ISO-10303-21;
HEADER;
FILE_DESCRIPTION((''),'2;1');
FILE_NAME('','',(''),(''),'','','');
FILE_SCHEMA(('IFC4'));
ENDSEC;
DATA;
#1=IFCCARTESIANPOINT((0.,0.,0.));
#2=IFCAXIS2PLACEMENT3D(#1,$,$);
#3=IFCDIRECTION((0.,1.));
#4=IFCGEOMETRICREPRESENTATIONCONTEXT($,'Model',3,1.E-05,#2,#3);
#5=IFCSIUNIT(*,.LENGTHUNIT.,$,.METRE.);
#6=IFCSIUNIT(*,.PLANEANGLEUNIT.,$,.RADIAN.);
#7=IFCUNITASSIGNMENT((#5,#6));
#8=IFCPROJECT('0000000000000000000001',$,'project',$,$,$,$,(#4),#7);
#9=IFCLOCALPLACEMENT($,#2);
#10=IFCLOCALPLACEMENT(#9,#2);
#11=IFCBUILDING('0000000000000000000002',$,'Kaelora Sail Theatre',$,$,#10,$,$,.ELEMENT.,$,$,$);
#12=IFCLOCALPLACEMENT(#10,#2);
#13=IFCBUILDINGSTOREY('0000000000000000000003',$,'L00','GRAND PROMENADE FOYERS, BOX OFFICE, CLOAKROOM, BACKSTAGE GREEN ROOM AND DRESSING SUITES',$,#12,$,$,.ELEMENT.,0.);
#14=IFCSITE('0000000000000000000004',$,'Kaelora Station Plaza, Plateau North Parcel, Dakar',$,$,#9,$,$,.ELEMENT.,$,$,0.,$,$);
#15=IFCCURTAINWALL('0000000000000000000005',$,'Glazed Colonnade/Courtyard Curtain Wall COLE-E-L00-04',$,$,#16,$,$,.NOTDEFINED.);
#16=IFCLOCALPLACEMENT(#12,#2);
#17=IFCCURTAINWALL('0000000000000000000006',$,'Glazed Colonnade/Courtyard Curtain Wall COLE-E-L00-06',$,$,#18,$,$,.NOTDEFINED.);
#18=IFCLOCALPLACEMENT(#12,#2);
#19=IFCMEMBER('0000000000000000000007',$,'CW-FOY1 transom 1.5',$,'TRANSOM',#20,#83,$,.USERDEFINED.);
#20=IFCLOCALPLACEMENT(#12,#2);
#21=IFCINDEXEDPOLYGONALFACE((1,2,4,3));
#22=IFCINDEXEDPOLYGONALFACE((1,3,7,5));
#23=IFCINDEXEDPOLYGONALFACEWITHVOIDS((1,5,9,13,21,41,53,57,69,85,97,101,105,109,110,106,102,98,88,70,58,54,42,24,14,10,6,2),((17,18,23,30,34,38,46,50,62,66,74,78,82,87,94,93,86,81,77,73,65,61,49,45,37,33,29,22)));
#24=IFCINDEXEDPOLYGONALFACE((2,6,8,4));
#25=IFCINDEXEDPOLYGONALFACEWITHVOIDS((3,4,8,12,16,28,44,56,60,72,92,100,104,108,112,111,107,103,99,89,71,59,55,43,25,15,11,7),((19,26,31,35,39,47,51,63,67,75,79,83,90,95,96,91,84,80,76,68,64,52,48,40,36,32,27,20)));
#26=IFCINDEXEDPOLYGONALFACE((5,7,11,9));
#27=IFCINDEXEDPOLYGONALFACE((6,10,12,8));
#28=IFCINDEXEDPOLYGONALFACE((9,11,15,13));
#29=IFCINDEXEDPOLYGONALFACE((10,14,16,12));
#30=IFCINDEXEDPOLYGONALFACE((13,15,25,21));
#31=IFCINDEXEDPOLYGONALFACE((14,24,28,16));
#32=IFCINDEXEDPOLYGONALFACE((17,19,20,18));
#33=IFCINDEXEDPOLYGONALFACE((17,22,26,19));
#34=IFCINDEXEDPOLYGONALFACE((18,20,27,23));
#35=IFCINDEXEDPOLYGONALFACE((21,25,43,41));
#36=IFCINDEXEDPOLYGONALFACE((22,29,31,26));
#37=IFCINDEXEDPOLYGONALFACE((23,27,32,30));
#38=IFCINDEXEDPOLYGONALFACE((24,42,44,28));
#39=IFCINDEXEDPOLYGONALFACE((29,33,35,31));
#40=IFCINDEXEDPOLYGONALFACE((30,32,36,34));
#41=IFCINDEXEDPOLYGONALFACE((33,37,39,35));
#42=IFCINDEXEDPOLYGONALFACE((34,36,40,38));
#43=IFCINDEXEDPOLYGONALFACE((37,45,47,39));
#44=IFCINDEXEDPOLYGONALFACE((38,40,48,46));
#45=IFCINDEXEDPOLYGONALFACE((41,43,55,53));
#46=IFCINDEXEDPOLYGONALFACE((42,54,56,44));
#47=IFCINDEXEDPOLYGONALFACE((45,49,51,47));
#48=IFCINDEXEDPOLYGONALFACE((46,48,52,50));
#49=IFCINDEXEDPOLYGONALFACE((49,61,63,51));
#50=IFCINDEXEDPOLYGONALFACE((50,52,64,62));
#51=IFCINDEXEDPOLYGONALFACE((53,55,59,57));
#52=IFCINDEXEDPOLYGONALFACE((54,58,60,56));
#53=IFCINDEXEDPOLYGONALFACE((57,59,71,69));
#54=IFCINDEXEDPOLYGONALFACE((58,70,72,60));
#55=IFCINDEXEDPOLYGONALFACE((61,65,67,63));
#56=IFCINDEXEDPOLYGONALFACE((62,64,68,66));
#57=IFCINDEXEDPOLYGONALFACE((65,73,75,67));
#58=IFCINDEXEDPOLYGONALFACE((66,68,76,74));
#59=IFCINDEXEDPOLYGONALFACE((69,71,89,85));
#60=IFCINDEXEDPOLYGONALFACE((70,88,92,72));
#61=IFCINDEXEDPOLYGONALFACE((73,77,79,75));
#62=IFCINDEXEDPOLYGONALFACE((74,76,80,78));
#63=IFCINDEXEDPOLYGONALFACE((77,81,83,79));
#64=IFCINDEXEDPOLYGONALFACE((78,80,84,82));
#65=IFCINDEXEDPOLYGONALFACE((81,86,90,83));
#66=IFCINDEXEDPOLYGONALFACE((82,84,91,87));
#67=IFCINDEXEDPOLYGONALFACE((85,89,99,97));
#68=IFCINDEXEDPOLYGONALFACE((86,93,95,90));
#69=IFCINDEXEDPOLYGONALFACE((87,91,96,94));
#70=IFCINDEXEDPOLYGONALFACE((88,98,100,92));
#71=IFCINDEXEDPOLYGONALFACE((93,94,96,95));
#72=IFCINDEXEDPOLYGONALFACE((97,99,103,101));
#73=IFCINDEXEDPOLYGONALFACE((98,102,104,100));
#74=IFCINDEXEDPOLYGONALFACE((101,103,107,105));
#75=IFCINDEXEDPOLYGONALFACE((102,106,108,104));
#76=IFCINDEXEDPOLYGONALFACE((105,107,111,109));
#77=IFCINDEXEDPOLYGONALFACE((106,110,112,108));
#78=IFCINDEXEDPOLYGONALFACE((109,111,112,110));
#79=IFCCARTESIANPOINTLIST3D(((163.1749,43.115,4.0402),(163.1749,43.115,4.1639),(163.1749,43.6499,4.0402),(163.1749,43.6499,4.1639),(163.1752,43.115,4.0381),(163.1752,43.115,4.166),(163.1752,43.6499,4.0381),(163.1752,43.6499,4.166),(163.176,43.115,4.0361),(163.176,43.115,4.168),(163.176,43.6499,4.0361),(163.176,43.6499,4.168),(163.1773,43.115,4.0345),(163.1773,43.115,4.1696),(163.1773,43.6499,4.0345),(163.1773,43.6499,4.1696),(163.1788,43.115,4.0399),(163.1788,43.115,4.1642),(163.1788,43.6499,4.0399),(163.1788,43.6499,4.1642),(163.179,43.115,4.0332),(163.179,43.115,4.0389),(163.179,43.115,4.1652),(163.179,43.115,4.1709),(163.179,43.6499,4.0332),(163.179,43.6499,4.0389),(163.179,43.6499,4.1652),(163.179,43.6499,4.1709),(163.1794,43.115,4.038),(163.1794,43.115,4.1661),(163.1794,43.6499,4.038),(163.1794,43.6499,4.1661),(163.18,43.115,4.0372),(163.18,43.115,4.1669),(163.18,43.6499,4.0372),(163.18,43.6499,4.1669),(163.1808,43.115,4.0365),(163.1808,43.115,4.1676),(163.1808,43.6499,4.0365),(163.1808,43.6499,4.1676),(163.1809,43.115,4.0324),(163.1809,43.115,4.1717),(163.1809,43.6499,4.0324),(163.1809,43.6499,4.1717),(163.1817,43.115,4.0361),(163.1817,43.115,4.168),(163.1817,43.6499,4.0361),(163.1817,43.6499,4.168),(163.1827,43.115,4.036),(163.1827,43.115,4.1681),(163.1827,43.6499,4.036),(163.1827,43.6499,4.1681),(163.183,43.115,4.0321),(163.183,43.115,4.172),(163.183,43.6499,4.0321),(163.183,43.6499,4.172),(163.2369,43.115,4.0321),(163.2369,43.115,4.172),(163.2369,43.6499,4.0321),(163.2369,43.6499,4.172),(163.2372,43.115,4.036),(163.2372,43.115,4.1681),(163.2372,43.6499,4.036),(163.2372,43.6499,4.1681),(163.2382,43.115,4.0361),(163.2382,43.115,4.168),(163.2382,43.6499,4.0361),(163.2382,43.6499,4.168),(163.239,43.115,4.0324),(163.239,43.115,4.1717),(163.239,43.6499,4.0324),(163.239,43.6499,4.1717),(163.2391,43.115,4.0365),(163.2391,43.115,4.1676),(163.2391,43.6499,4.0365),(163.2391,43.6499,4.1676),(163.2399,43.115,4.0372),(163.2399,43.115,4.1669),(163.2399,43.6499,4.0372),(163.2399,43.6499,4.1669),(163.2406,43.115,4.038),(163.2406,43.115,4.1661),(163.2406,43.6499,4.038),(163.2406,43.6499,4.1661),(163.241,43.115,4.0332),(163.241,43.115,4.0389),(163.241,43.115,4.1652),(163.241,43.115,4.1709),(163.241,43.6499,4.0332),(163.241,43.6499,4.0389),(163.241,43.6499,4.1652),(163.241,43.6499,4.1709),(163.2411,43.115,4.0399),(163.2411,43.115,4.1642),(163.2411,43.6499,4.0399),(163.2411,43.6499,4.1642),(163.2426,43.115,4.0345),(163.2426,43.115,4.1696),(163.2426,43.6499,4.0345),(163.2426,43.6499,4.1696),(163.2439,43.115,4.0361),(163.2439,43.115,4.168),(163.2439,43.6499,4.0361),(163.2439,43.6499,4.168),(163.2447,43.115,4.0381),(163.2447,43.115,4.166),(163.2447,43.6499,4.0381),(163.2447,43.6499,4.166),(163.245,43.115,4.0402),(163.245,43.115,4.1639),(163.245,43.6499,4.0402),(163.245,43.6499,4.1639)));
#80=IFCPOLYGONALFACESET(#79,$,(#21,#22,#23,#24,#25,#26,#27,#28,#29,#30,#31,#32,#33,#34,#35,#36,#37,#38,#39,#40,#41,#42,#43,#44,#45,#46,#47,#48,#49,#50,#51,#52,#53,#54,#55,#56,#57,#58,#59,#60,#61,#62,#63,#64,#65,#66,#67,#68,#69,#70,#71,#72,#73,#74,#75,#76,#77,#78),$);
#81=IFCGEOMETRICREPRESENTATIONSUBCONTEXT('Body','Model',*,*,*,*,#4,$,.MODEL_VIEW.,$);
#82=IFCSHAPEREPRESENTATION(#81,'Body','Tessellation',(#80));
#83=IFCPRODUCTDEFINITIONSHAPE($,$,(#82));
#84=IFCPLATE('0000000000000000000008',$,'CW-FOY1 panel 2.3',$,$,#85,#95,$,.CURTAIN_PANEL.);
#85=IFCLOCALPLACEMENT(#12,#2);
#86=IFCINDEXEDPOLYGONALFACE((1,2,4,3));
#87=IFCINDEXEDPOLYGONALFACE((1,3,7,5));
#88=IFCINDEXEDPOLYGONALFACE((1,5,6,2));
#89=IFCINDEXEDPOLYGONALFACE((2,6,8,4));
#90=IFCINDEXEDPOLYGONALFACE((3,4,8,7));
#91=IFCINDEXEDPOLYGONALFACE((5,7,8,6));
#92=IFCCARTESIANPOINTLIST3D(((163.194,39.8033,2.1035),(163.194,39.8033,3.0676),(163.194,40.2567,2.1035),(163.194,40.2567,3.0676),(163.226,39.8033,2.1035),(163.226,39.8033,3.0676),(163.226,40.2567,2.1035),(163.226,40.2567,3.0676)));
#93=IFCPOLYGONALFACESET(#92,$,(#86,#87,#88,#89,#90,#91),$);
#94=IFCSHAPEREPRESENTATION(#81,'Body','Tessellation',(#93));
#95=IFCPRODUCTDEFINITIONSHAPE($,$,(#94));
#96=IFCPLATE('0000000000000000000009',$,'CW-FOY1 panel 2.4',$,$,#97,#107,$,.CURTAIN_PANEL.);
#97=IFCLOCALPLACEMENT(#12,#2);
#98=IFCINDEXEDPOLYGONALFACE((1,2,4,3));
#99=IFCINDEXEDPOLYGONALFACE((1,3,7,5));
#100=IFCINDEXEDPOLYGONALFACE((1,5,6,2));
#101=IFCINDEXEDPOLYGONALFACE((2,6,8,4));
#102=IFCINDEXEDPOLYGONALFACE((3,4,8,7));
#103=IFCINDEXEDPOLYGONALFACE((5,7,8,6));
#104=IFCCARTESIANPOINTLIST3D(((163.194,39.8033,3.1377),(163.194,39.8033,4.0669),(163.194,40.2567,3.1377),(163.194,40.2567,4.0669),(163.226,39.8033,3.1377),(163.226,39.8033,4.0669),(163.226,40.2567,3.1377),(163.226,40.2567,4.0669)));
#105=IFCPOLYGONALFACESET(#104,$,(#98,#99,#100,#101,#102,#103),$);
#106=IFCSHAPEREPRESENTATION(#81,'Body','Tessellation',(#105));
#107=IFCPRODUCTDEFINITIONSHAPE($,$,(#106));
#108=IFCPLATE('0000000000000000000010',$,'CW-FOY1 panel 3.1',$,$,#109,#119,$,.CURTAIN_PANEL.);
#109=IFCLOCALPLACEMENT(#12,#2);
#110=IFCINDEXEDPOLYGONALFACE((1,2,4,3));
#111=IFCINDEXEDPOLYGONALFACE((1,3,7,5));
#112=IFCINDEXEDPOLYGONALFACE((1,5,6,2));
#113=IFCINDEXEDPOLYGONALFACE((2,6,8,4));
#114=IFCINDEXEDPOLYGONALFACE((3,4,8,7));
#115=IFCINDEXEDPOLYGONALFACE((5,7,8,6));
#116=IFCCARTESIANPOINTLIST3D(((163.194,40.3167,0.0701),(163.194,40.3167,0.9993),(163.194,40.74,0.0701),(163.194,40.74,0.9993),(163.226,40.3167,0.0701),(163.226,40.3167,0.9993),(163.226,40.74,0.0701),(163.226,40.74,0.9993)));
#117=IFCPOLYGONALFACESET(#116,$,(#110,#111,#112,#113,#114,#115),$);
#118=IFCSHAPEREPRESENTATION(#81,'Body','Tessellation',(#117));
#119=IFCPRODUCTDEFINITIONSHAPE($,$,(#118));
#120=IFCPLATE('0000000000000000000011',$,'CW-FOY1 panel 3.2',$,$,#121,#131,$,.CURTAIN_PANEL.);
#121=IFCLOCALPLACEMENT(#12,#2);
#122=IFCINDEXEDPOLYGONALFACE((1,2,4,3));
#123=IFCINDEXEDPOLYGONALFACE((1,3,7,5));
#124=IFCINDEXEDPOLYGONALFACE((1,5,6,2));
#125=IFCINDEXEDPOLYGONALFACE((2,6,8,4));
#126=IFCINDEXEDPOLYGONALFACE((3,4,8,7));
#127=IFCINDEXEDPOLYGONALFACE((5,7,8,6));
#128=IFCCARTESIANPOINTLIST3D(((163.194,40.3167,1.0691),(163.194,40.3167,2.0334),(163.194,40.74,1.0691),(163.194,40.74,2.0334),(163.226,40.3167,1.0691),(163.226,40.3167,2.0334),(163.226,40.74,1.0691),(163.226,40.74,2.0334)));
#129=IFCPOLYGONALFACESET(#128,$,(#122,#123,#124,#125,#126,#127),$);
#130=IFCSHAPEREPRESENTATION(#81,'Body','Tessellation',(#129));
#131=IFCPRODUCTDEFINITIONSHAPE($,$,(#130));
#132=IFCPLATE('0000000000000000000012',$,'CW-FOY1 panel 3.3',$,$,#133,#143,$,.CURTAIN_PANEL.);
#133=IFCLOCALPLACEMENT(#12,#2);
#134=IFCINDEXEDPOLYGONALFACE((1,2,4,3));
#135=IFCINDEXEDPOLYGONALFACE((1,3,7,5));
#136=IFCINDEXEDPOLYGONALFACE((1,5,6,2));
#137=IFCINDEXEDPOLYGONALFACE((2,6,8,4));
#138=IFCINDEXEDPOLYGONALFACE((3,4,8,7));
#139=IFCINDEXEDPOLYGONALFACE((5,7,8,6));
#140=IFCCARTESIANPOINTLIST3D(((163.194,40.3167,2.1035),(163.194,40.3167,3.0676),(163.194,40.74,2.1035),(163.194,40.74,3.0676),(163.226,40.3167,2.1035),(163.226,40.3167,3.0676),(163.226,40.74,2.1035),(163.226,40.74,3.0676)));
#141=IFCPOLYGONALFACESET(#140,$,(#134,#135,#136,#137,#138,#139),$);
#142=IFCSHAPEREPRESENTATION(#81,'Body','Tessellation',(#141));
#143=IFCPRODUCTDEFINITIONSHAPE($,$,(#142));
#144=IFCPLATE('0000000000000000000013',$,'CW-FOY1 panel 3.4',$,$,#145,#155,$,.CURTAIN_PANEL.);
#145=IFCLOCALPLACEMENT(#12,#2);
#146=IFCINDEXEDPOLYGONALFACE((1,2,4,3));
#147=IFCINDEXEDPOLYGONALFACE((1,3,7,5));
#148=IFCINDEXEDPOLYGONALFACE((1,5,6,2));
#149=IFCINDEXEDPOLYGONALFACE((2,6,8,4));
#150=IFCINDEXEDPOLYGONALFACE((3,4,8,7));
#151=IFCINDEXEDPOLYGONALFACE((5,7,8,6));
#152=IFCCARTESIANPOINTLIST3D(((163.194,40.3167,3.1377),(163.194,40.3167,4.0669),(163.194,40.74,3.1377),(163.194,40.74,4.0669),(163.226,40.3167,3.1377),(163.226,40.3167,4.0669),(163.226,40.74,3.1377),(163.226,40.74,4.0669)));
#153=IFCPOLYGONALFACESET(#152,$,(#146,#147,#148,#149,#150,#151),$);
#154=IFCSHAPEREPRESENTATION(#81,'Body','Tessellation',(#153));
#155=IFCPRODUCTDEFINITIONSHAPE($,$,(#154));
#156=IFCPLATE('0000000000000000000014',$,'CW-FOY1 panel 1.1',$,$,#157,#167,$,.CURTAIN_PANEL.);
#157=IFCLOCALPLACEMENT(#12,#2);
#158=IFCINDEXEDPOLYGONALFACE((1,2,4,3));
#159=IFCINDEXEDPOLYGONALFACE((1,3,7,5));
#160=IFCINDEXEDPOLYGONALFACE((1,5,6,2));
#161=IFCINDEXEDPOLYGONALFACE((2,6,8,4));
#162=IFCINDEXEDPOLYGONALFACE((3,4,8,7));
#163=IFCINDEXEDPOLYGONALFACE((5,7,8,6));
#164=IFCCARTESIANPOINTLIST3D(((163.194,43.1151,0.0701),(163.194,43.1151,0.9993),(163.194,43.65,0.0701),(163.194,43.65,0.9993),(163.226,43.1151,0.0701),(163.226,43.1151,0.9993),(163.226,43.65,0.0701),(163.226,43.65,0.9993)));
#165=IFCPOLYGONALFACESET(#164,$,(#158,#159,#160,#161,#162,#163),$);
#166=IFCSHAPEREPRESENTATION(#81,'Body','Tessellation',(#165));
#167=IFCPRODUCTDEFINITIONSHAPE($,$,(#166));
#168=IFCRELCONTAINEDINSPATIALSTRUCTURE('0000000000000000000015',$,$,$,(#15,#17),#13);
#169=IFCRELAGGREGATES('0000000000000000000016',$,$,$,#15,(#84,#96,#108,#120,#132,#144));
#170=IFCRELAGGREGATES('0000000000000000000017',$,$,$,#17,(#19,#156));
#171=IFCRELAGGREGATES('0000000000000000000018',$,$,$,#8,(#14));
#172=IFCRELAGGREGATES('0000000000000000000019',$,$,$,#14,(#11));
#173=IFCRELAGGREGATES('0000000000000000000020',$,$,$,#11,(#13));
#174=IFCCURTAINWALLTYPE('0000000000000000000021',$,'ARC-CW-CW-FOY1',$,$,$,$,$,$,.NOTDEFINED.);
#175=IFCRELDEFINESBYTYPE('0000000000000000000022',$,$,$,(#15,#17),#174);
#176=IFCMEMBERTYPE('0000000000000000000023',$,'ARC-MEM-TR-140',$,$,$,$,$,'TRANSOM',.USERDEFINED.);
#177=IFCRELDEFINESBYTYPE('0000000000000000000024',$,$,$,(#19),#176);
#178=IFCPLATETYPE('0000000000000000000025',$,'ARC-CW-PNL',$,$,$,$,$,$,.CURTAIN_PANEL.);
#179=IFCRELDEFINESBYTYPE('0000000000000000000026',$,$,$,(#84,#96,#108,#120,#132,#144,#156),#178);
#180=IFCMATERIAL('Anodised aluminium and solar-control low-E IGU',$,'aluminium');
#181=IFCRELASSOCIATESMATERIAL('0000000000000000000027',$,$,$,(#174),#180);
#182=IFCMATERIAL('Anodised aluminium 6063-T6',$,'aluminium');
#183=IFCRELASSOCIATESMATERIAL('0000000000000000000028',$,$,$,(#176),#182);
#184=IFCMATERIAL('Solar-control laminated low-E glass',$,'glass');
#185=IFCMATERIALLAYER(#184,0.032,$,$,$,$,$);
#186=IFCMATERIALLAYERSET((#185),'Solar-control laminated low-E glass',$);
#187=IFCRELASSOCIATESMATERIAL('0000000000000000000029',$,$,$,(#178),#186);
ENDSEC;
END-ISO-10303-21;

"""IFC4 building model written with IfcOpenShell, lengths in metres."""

from ifc_helpers import new_model, si_unit, direction, frame, origin, origin_2d, place, context, subcontext, project, spatial, rectangle, hollow_rectangle, extrude, material, layer, layer_set, material_profile, profile_set, type_object, element, aggregate, save


model = new_model("IFC4")

# Units and contexts
model_context = context("Model", 3, precision=1e-05, world=origin(), true_north=direction((0.0, 1.0)))
body_context = subcontext(model_context, "Body", "Model", "MODEL_VIEW")
ifc_project = project(units=[si_unit("LENGTHUNIT", "METRE"), si_unit("PLANEANGLEUNIT", "RADIAN")], contexts=[model_context])

# Site, building, storey
site_placement = place(None, origin())
site = spatial("IfcSite", under=ifc_project, at=site_placement, Name="Kaelora Station Plaza, Plateau North Parcel, Dakar", CompositionType="ELEMENT", RefElevation=0.0)
building_placement = place(site_placement, origin())
building = spatial("IfcBuilding", under=site, at=building_placement, Name="Kaelora Sail Theatre", CompositionType="ELEMENT")
storey_placement = place(building_placement, origin())
storey = spatial("IfcBuildingStorey", under=building, at=storey_placement, Name="L00", Description="GRAND PROMENADE FOYERS, BOX OFFICE, CLOAKROOM, BACKSTAGE GREEN ROOM AND DRESSING SUITES", CompositionType="ELEMENT", Elevation=0.0)

# Curtain wall
ifc_material_1 = material(Name="Anodised aluminium and solar-control low-E IGU", Category="aluminium")
curtain_wall_type = type_object("IfcCurtainWallType", Name="ARC-CW-CW-FOY1", PredefinedType="NOTDEFINED", material=ifc_material_1)
curtain_wall_1_placement = place(storey_placement, origin())
curtain_wall_1 = element("IfcCurtainWall", 1, at=curtain_wall_1_placement, inside=storey, type_object=curtain_wall_type, Name="Glazed Colonnade/Courtyard Curtain Wall COLE-E-L00-04", PredefinedType="NOTDEFINED")

# Curtain wall
curtain_wall_2_placement = place(storey_placement, origin())
curtain_wall_2 = element("IfcCurtainWall", 2, at=curtain_wall_2_placement, inside=storey, type_object=curtain_wall_type, Name="Glazed Colonnade/Courtyard Curtain Wall COLE-E-L00-06", PredefinedType="NOTDEFINED")

# Member
ifc_material_2 = material(Name="Anodised aluminium 6063-T6", Category="aluminium")
ifc_material_profile_1 = material_profile(ifc_material_2, hollow_rectangle(XDim=0.0701, YDim=0.1399, WallThickness=0.0039, InnerFilletRadius=0.0039, OuterFilletRadius=0.0081, at=origin_2d()), Name="ALU-TRAN 70x140x4")
ifc_profile_set_1 = profile_set([ifc_material_profile_1], Name="Anodised aluminium 6063-T6")
member_type_1 = type_object("IfcMemberType", Name="ARC-MEM-TR-140", ElementType="TRANSOM", PredefinedType="USERDEFINED", material=ifc_profile_set_1)
member_1_placement = place(storey_placement, frame((163.21, 43.115, 4.1021), z_axis=(0.0, 1.0, 0.0), x_axis=(-1.0, 0.0, 0.0)))
member_1 = element("IfcMember", 3, at=member_1_placement, type_object=member_type_1, Name="CW-FOY1 transom 1.5", ObjectType="TRANSOM", PredefinedType="USERDEFINED", context=body_context, shape_type="SweptSolid", body=[
    extrude(hollow_rectangle(XDim=0.0701, YDim=0.1399, WallThickness=0.0039, InnerFilletRadius=0.0039, OuterFilletRadius=0.0081, at=origin_2d()), origin(), (0.0, 0.0, 1.0), 0.5349),
])

# Plates
ifc_material_3 = material(Name="Solar-control laminated low-E glass", Category="glass")
ifc_layer = layer(ifc_material_3, 0.032)
ifc_layer_set = layer_set([ifc_layer], Name="Solar-control laminated low-E glass")
plate_type = type_object("IfcPlateType", Name="ARC-CW-PNL", PredefinedType="CURTAIN_PANEL", material=ifc_layer_set)
plate_1_placement = place(storey_placement, frame((163.21, 40.03, 2.1035), z_axis=(0.0, 0.0, 1.0), x_axis=(0.0, 1.0, 0.0)))
plate_1 = element("IfcPlate", 4, at=plate_1_placement, type_object=plate_type, Name="CW-FOY1 panel 2.3", PredefinedType="CURTAIN_PANEL", context=body_context, shape_type="SweptSolid", body=[
    extrude(rectangle(XDim=0.4534, YDim=0.032, at=origin_2d()), origin(), (0.0, 0.0, 1.0), 0.9641),
])
plate_2_placement = place(storey_placement, frame((163.21, 40.03, 3.1377), z_axis=(0.0, 0.0, 1.0), x_axis=(0.0, 1.0, 0.0)))
plate_2 = element("IfcPlate", 5, at=plate_2_placement, type_object=plate_type, Name="CW-FOY1 panel 2.4", PredefinedType="CURTAIN_PANEL", context=body_context, shape_type="SweptSolid", body=[
    extrude(rectangle(XDim=0.4534, YDim=0.032, at=origin_2d()), origin(), (0.0, 0.0, 1.0), 0.9292),
])
plate_3_placement = place(storey_placement, frame((163.21, 40.5283, 0.0701), z_axis=(0.0, 0.0, 1.0), x_axis=(0.0, 1.0, 0.0)))
plate_3 = element("IfcPlate", 6, at=plate_3_placement, type_object=plate_type, Name="CW-FOY1 panel 3.1", PredefinedType="CURTAIN_PANEL", context=body_context, shape_type="SweptSolid", body=[
    extrude(rectangle(XDim=0.4233, YDim=0.032, at=origin_2d()), origin(), (0.0, 0.0, 1.0), 0.9292),
])
plate_4_placement = place(storey_placement, frame((163.21, 40.5283, 1.0691), z_axis=(0.0, 0.0, 1.0), x_axis=(0.0, 1.0, 0.0)))
plate_4 = element("IfcPlate", 7, at=plate_4_placement, type_object=plate_type, Name="CW-FOY1 panel 3.2", PredefinedType="CURTAIN_PANEL", context=body_context, shape_type="SweptSolid", body=[
    extrude(rectangle(XDim=0.4233, YDim=0.032, at=origin_2d()), origin(), (0.0, 0.0, 1.0), 0.9644),
])
plate_5_placement = place(storey_placement, frame((163.21, 40.5283, 2.1035), z_axis=(0.0, 0.0, 1.0), x_axis=(0.0, 1.0, 0.0)))
plate_5 = element("IfcPlate", 8, at=plate_5_placement, type_object=plate_type, Name="CW-FOY1 panel 3.3", PredefinedType="CURTAIN_PANEL", context=body_context, shape_type="SweptSolid", body=[
    extrude(rectangle(XDim=0.4233, YDim=0.032, at=origin_2d()), origin(), (0.0, 0.0, 1.0), 0.9641),
])
plate_6_placement = place(storey_placement, frame((163.21, 40.5283, 3.1377), z_axis=(0.0, 0.0, 1.0), x_axis=(0.0, 1.0, 0.0)))
plate_6 = element("IfcPlate", 9, at=plate_6_placement, type_object=plate_type, Name="CW-FOY1 panel 3.4", PredefinedType="CURTAIN_PANEL", context=body_context, shape_type="SweptSolid", body=[
    extrude(rectangle(XDim=0.4233, YDim=0.032, at=origin_2d()), origin(), (0.0, 0.0, 1.0), 0.9292),
])
aggregate(curtain_wall_1, [plate_1, plate_2, plate_3, plate_4, plate_5, plate_6])
plate_7_placement = place(storey_placement, frame((163.21, 43.3826, 0.0701), z_axis=(0.0, 0.0, 1.0), x_axis=(0.0, 1.0, 0.0)))
plate_7 = element("IfcPlate", 10, at=plate_7_placement, type_object=plate_type, Name="CW-FOY1 panel 1.1", PredefinedType="CURTAIN_PANEL", context=body_context, shape_type="SweptSolid", body=[
    extrude(rectangle(XDim=0.5349, YDim=0.032, at=origin_2d()), origin(), (0.0, 0.0, 1.0), 0.9292),
])
aggregate(curtain_wall_2, [member_1, plate_7])

save(model, "model.ifc")
